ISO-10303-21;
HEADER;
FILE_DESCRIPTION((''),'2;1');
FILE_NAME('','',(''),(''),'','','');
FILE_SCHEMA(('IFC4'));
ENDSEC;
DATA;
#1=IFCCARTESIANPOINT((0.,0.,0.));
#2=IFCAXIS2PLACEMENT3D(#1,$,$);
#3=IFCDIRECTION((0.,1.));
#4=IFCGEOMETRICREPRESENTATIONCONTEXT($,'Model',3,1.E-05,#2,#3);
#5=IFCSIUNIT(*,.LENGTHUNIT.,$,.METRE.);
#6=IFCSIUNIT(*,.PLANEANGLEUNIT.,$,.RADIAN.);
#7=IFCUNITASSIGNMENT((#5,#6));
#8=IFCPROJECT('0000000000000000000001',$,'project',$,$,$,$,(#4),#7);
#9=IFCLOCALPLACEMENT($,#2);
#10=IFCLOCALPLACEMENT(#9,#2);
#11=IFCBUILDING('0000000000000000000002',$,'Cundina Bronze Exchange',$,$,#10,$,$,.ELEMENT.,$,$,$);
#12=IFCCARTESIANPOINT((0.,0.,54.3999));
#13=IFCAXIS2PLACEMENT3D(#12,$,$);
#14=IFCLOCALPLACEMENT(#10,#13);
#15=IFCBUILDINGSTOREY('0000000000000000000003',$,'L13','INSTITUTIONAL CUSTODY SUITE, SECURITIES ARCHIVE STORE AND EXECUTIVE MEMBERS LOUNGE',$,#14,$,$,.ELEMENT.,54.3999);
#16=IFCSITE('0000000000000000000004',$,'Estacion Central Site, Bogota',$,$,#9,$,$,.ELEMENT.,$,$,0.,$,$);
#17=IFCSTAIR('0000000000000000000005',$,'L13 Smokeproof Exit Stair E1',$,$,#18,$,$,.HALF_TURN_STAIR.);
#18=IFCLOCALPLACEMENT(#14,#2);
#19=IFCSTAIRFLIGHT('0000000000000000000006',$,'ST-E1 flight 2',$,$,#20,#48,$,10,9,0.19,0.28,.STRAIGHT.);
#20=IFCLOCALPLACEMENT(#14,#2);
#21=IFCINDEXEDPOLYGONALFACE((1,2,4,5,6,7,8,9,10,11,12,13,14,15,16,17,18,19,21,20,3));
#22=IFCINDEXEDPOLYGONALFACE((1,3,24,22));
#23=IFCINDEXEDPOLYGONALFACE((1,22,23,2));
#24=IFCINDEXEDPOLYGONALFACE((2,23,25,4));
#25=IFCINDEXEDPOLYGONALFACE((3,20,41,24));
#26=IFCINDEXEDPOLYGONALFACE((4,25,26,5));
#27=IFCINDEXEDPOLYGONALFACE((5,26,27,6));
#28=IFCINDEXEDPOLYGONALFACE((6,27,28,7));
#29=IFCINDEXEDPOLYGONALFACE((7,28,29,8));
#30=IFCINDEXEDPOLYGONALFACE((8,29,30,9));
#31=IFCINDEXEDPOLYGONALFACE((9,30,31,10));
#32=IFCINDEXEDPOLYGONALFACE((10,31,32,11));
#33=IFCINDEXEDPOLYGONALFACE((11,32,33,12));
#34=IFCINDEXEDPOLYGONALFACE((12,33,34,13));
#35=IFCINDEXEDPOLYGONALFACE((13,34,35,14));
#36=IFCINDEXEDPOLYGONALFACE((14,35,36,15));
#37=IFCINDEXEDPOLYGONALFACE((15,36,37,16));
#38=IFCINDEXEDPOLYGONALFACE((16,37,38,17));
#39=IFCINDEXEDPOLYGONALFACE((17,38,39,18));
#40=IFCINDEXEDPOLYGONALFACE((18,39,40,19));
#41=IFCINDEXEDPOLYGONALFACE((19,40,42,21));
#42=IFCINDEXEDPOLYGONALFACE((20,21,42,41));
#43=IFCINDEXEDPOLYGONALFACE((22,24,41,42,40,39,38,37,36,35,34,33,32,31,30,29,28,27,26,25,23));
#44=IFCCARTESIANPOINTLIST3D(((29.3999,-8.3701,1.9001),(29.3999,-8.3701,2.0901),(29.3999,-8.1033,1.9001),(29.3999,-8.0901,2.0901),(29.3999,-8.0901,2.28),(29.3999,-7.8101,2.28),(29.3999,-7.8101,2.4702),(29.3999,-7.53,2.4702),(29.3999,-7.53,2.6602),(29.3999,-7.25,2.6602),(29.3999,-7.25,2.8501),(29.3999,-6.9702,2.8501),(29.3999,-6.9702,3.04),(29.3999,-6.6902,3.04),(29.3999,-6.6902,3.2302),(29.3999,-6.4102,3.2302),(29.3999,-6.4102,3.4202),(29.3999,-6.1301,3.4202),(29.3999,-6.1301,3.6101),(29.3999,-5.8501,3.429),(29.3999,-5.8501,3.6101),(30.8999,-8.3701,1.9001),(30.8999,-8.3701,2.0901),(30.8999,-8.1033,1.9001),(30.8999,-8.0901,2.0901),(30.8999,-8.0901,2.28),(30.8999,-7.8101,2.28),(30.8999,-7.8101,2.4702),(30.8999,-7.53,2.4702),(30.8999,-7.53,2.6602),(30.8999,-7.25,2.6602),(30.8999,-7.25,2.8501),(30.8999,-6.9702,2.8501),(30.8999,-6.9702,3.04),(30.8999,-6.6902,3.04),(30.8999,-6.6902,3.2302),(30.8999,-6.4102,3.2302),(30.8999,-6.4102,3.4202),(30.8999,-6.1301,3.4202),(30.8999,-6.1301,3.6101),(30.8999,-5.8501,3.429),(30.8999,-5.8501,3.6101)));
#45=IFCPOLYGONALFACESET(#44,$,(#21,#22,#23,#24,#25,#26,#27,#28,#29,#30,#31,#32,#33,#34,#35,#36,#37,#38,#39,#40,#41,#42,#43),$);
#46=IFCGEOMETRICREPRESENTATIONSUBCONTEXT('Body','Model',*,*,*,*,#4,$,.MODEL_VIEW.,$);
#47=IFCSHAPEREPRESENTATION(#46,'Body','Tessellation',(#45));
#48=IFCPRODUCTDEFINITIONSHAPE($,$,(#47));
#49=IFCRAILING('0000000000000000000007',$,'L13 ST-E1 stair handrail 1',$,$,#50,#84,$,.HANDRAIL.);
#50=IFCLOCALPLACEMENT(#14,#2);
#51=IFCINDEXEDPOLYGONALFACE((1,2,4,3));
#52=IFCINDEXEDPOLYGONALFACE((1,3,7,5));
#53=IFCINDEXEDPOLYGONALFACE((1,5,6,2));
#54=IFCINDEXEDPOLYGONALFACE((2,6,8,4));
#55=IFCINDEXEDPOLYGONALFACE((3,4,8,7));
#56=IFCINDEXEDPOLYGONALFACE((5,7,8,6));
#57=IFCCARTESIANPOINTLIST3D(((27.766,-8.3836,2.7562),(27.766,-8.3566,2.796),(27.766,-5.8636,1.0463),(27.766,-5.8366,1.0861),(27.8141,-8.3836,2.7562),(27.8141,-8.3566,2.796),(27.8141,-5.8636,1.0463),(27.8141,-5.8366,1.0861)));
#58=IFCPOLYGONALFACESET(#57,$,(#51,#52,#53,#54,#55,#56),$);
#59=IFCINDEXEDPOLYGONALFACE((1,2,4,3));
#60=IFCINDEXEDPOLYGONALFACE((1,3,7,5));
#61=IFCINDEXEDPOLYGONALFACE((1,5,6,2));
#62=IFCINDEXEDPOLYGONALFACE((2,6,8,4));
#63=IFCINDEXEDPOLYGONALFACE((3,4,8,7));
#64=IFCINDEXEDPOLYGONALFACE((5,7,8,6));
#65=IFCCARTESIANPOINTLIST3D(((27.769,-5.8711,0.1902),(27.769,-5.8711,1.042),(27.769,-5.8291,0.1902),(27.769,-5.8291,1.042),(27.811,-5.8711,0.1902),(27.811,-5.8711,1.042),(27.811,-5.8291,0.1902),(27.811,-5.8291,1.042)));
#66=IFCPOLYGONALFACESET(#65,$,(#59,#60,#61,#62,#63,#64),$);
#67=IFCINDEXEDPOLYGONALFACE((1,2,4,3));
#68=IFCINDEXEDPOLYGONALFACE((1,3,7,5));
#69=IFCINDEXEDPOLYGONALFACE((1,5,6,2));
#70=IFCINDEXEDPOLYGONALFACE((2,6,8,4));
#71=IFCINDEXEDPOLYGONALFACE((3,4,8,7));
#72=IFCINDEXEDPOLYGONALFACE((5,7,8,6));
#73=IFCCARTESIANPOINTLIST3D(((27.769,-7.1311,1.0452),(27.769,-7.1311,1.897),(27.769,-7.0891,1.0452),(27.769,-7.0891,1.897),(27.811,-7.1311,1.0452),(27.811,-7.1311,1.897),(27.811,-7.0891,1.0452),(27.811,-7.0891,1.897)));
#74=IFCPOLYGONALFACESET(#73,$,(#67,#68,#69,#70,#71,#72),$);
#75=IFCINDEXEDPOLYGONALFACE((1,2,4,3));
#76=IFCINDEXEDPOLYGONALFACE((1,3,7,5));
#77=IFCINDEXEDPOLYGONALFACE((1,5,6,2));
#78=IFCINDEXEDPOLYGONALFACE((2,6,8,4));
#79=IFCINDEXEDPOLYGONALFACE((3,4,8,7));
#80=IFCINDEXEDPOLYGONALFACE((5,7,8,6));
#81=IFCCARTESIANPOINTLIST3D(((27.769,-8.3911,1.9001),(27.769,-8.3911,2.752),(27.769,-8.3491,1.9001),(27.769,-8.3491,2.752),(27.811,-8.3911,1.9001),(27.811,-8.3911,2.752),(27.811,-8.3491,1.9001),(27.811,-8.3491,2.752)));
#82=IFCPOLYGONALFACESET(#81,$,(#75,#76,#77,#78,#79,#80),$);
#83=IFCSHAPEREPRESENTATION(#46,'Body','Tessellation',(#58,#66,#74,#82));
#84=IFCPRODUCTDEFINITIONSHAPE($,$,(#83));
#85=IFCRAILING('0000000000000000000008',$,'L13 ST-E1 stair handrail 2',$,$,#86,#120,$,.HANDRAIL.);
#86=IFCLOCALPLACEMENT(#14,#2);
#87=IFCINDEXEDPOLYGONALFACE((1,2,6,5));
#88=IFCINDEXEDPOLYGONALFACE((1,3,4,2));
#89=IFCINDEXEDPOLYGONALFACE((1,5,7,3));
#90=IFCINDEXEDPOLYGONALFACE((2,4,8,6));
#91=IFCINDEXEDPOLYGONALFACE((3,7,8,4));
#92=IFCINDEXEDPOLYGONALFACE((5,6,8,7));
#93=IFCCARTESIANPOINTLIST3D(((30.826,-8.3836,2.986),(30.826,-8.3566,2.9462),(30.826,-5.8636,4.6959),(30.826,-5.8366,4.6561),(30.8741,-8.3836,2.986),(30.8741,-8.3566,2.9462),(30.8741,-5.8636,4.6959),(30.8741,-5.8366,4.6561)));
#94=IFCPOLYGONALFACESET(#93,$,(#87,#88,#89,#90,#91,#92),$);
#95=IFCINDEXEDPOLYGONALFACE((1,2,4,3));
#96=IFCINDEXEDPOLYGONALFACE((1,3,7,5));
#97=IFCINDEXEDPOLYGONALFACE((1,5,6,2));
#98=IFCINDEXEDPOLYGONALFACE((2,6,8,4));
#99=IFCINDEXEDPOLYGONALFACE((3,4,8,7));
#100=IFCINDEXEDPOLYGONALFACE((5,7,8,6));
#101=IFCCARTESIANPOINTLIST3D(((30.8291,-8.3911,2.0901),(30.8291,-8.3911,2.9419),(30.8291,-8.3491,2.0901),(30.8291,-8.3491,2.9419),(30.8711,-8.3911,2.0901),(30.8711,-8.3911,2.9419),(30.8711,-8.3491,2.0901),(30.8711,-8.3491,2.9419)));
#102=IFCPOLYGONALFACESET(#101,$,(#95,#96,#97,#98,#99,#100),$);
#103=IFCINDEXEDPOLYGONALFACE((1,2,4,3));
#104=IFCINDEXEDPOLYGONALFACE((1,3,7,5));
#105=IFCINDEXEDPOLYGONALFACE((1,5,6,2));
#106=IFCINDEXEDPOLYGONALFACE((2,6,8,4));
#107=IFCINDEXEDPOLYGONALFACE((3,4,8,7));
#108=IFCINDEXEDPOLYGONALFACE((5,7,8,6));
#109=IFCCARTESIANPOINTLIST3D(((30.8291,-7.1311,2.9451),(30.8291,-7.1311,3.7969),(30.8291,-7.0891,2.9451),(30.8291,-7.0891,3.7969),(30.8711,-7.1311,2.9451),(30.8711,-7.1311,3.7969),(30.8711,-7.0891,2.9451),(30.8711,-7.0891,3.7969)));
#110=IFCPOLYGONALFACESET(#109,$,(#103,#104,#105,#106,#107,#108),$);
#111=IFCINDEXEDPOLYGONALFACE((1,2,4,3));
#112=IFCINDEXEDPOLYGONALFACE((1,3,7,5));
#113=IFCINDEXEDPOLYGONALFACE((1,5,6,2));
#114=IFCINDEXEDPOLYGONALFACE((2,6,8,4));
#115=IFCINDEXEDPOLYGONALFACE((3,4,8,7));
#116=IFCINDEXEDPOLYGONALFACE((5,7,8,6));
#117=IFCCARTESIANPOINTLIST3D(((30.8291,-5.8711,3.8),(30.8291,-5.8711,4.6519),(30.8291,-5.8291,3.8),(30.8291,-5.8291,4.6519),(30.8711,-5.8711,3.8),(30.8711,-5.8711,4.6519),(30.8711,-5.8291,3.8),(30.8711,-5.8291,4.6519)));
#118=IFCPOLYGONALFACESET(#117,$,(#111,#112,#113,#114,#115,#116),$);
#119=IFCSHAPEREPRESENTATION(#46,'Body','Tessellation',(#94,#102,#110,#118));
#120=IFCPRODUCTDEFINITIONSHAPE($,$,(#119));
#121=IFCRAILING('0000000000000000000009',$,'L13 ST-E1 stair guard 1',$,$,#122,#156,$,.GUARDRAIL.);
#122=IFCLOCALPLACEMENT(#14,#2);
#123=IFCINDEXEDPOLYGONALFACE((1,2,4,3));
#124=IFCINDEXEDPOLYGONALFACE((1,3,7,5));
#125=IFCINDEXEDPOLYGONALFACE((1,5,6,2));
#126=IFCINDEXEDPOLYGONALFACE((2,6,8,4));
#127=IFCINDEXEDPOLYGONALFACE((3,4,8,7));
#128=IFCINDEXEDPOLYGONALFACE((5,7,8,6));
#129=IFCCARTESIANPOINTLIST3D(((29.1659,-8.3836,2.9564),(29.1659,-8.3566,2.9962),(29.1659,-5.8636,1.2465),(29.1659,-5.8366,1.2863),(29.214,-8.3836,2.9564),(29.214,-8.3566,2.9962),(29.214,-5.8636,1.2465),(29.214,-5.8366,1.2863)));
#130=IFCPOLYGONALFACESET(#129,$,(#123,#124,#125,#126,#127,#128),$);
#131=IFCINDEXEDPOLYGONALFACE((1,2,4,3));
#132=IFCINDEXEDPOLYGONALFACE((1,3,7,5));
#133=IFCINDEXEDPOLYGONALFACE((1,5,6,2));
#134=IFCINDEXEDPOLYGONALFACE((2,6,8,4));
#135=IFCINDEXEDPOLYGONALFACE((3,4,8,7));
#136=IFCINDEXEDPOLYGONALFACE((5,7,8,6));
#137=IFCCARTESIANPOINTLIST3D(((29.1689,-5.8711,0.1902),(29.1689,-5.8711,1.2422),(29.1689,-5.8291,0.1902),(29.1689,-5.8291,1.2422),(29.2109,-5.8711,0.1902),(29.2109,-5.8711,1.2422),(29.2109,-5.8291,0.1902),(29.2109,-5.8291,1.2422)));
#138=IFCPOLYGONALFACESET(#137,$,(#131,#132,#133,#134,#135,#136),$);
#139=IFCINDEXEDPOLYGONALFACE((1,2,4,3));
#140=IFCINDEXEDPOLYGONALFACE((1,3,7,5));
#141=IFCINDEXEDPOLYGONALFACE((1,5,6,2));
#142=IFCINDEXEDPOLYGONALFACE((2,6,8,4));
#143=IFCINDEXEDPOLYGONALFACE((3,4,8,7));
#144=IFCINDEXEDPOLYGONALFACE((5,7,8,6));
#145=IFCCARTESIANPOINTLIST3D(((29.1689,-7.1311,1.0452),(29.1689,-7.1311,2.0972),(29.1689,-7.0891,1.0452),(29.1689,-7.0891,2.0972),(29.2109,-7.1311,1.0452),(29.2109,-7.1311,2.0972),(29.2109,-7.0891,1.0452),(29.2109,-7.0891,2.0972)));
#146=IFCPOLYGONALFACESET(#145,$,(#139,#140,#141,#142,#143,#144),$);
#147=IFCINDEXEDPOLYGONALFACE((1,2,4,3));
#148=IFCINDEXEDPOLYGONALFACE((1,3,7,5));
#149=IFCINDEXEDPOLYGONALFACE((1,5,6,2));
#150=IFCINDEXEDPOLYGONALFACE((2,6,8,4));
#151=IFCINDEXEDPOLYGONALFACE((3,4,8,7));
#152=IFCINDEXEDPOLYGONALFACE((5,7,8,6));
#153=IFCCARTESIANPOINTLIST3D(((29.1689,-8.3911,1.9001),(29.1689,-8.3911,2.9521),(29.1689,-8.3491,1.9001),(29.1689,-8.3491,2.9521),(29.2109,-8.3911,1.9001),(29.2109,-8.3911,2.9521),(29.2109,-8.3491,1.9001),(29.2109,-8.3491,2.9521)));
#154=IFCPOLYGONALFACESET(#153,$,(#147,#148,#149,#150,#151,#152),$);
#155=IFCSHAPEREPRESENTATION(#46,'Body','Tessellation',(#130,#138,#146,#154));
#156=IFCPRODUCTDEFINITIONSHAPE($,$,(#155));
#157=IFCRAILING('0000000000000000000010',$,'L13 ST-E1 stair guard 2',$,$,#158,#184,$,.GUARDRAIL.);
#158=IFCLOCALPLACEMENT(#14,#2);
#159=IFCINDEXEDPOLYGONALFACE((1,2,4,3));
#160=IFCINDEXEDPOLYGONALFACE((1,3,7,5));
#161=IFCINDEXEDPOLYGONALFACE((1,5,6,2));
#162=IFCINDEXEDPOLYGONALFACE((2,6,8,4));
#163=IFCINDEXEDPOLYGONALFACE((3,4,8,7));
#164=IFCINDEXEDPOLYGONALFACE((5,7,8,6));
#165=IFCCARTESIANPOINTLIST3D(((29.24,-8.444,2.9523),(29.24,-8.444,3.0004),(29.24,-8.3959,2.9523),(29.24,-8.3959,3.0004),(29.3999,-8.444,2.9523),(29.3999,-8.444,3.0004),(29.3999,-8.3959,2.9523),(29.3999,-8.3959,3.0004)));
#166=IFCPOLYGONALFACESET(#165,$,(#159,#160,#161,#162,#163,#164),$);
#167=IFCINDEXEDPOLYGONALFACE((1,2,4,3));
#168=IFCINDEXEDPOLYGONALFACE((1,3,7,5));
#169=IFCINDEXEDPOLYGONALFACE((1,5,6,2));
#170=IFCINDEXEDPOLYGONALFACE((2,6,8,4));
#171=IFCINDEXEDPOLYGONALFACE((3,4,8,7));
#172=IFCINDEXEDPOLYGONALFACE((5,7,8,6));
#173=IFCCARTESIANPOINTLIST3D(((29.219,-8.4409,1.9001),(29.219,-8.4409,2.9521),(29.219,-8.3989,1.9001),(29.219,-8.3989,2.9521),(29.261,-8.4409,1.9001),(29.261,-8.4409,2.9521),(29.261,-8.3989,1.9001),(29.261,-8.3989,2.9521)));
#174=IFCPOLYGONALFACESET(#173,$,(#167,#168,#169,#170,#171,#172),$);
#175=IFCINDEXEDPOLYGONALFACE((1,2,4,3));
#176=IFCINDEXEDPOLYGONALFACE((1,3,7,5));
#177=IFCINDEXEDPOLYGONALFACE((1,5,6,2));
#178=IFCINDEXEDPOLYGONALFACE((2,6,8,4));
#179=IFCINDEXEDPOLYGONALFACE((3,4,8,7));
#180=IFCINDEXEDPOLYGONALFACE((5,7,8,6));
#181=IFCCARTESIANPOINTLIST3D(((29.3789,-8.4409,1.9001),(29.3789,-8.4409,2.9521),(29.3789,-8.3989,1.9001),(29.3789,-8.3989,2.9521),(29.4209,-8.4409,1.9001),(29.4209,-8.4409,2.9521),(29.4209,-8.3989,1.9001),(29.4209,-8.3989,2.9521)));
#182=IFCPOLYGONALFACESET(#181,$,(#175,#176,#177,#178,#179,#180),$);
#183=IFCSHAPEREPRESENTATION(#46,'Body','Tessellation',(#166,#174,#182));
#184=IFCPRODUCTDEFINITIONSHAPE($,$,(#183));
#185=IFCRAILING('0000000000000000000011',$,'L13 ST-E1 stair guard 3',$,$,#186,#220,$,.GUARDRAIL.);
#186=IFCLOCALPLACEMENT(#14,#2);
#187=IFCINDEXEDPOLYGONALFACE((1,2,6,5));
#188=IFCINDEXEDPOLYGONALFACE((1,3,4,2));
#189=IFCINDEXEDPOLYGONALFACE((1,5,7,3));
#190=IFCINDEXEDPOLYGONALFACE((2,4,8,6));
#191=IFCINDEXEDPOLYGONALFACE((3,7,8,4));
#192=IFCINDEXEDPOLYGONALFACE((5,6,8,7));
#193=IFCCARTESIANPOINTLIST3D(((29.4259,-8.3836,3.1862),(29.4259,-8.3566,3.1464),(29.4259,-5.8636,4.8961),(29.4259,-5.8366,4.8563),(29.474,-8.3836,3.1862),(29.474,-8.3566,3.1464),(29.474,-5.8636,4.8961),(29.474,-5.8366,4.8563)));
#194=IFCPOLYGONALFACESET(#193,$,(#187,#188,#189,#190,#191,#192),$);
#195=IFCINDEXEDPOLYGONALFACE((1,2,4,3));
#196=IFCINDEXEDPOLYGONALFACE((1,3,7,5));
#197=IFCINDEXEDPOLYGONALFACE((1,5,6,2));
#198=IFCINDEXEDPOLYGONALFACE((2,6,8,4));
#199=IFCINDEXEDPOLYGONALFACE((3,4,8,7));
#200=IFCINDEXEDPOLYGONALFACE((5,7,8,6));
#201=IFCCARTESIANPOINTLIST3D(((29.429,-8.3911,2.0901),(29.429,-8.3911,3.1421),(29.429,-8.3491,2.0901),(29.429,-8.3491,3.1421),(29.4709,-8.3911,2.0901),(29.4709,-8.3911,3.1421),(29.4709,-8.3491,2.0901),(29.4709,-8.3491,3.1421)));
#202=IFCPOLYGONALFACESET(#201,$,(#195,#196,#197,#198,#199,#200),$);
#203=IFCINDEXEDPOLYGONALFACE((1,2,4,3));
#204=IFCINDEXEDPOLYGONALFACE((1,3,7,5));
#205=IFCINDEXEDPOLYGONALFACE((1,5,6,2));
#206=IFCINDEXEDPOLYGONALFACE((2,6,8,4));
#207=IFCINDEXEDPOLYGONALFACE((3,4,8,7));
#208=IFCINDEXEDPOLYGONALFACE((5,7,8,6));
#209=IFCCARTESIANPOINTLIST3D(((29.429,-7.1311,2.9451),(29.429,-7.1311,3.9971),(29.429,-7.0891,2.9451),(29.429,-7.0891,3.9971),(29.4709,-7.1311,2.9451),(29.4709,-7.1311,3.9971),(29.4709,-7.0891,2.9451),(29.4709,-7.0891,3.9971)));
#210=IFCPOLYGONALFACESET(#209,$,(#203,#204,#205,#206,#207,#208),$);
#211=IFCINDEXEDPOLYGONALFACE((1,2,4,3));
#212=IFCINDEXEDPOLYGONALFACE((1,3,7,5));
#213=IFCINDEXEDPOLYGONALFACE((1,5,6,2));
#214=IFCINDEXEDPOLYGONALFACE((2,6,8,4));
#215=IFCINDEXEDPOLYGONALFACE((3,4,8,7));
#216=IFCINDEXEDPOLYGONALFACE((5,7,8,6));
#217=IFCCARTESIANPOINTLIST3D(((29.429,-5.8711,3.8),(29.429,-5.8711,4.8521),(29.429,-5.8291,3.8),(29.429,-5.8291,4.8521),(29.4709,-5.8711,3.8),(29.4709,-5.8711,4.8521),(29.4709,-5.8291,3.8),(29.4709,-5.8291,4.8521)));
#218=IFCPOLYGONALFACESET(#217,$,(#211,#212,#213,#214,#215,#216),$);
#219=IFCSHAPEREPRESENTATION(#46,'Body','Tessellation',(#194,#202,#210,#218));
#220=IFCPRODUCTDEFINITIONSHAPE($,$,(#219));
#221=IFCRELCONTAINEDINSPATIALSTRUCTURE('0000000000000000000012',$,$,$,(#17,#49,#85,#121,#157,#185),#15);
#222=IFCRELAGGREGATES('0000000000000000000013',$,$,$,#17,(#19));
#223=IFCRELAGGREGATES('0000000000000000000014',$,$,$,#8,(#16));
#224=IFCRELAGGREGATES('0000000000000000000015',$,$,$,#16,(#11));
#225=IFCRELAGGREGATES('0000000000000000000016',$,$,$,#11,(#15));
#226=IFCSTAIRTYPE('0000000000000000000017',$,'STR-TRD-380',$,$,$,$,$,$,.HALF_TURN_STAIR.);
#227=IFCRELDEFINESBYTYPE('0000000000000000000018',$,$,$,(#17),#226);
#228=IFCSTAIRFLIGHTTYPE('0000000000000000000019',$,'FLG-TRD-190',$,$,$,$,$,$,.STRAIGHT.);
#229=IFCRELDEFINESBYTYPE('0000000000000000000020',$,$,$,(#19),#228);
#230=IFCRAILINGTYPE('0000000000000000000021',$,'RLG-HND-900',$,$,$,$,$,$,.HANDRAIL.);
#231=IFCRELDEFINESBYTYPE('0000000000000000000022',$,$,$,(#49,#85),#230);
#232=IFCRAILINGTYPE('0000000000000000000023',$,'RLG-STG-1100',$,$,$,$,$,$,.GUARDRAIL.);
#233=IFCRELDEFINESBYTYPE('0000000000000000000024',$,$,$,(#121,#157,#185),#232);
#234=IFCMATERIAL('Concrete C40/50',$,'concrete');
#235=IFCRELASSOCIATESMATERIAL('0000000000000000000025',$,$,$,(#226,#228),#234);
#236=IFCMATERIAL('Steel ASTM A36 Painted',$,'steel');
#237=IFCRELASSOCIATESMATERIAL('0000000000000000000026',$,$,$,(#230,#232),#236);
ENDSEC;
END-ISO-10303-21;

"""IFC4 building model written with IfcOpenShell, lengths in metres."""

from ifc_helpers import new_model, si_unit, direction, frame, origin, origin_2d, place, context, subcontext, project, spatial, polyline, rectangle, outline, extrude, material, type_object, element, aggregate, save


model = new_model("IFC4")

# Units and contexts
model_context = context("Model", 3, precision=1e-05, world=origin(), true_north=direction((0.0, 1.0)))
body_context = subcontext(model_context, "Body", "Model", "MODEL_VIEW")
ifc_project = project(units=[si_unit("LENGTHUNIT", "METRE"), si_unit("PLANEANGLEUNIT", "RADIAN")], contexts=[model_context])

# Site, building, storey
site_placement = place(None, origin())
site = spatial("IfcSite", under=ifc_project, at=site_placement, Name="Estacion Central Site, Bogota", CompositionType="ELEMENT", RefElevation=0.0)
building_placement = place(site_placement, origin())
building = spatial("IfcBuilding", under=site, at=building_placement, Name="Cundina Bronze Exchange", CompositionType="ELEMENT")
storey_placement = place(building_placement, frame((0.0, 0.0, 54.3999)))
storey = spatial("IfcBuildingStorey", under=building, at=storey_placement, Name="L13", Description="INSTITUTIONAL CUSTODY SUITE, SECURITIES ARCHIVE STORE AND EXECUTIVE MEMBERS LOUNGE", CompositionType="ELEMENT", Elevation=54.3999)

# Stair, stair flight
ifc_material_1 = material(Name="Concrete C40/50", Category="concrete")
stair_type = type_object("IfcStairType", Name="STR-TRD-380", PredefinedType="HALF_TURN_STAIR", material=ifc_material_1)
stair_placement = place(storey_placement, origin())
stair = element("IfcStair", 1, at=stair_placement, inside=storey, type_object=stair_type, Name="L13 Smokeproof Exit Stair E1", PredefinedType="HALF_TURN_STAIR")
stair_flight_type = type_object("IfcStairFlightType", Name="FLG-TRD-190", PredefinedType="STRAIGHT", material=ifc_material_1)
stair_flight_1_placement = place(storey_placement, frame((30.1499, -8.3701, 1.9001), z_axis=(0.0, 0.0, 1.0), x_axis=(0.0, 1.0, 0.0)))
stair_flight_1 = element("IfcStairFlight", 2, at=stair_flight_1_placement, type_object=stair_flight_type, Name="ST-E1 flight 2", NumberOfRisers=10, NumberOfTreads=9, PredefinedType="STRAIGHT", RiserHeight=0.19, TreadLength=0.28, context=body_context, shape_type="SweptSolid", body=[
    extrude(outline(polyline([(0.0, 0.0), (0.0, 0.1899), (0.28, 0.1899), (0.28, 0.3799), (0.5601, 0.3799), (0.5601, 0.5701), (0.8401, 0.5701), (0.8401, 0.76), (1.1201, 0.76), (1.1201, 0.95), (1.3999, 0.95), (1.3999, 1.1399), (1.6799, 1.1399), (1.6799, 1.3301), (1.96, 1.3301), (1.96, 1.52), (2.24, 1.52), (2.24, 1.71), (2.52, 1.71), (2.52, 1.8999), (2.52, 1.5288), (0.2668, 0.0), (0.0, 0.0)])), frame((0.0, 0.75, 0.0), z_axis=(0.0, -1.0, 0.0), x_axis=(1.0, 0.0, 0.0)), (0.0, 0.0, 1.0), 1.5),
])
aggregate(stair, [stair_flight_1])

# Railings
ifc_material_2 = material(Name="Steel ASTM A36 Painted", Category="steel")
railing_type_1 = type_object("IfcRailingType", Name="RLG-HND-900", PredefinedType="HANDRAIL", material=ifc_material_2)
railing_1_placement = place(storey_placement, frame((27.79, -5.8501, 0.1902)))
element("IfcRailing", 3, at=railing_1_placement, inside=storey, type_object=railing_type_1, Name="L13 ST-E1 stair handrail 1", PredefinedType="HANDRAIL", context=body_context, shape_type="SweptSolid", body=[
    extrude(rectangle(XDim=0.0481, YDim=0.0481, at=origin_2d()), frame((0.0, 0.0, 0.876), z_axis=(0.0, -0.827484, 0.56149), x_axis=(1.0, 0.0, 0.0)), (0.0, 0.0, 1.0), 3.0454),
    extrude(rectangle(XDim=0.042, YDim=0.042, at=origin_2d()), origin(), (0.0, 0.0, 1.0), 0.8518),
    extrude(rectangle(XDim=0.042, YDim=0.042, at=origin_2d()), frame((0.0, -1.26, 0.855)), (0.0, 0.0, 1.0), 0.8518),
    extrude(rectangle(XDim=0.042, YDim=0.042, at=origin_2d()), frame((0.0, -2.52, 1.71)), (0.0, 0.0, 1.0), 0.8518),
])
railing_2_placement = place(storey_placement, frame((30.8501, -8.3701, 2.0901)))
element("IfcRailing", 4, at=railing_2_placement, inside=storey, type_object=railing_type_1, Name="L13 ST-E1 stair handrail 2", PredefinedType="HANDRAIL", context=body_context, shape_type="SweptSolid", body=[
    extrude(rectangle(XDim=0.0481, YDim=0.0481, at=origin_2d()), frame((0.0, 0.0, 0.876), z_axis=(0.0, 0.827484, 0.56149), x_axis=(-1.0, 0.0, 0.0)), (0.0, 0.0, 1.0), 3.0454),
    extrude(rectangle(XDim=0.042, YDim=0.042, at=origin_2d()), origin(), (0.0, 0.0, 1.0), 0.8518),
    extrude(rectangle(XDim=0.042, YDim=0.042, at=origin_2d()), frame((0.0, 1.26, 0.855)), (0.0, 0.0, 1.0), 0.8518),
    extrude(rectangle(XDim=0.042, YDim=0.042, at=origin_2d()), frame((0.0, 2.52, 1.71)), (0.0, 0.0, 1.0), 0.8518),
])
railing_type_2 = type_object("IfcRailingType", Name="RLG-STG-1100", PredefinedType="GUARDRAIL", material=ifc_material_2)
railing_3_placement = place(storey_placement, frame((29.1899, -5.8501, 0.1902)))
element("IfcRailing", 5, at=railing_3_placement, inside=storey, type_object=railing_type_2, Name="L13 ST-E1 stair guard 1", PredefinedType="GUARDRAIL", context=body_context, shape_type="SweptSolid", body=[
    extrude(rectangle(XDim=0.0481, YDim=0.0481, at=origin_2d()), frame((0.0, 0.0, 1.0762), z_axis=(0.0, -0.827484, 0.56149), x_axis=(1.0, 0.0, 0.0)), (0.0, 0.0, 1.0), 3.0454),
    extrude(rectangle(XDim=0.042, YDim=0.042, at=origin_2d()), origin(), (0.0, 0.0, 1.0), 1.052),
    extrude(rectangle(XDim=0.042, YDim=0.042, at=origin_2d()), frame((0.0, -1.26, 0.855)), (0.0, 0.0, 1.0), 1.052),
    extrude(rectangle(XDim=0.042, YDim=0.042, at=origin_2d()), frame((0.0, -2.52, 1.71)), (0.0, 0.0, 1.0), 1.052),
])
railing_4_placement = place(storey_placement, frame((29.24, -8.4199, 1.9001)))
element("IfcRailing", 6, at=railing_4_placement, inside=storey, type_object=railing_type_2, Name="L13 ST-E1 stair guard 2", PredefinedType="GUARDRAIL", context=body_context, shape_type="SweptSolid", body=[
    extrude(rectangle(XDim=0.0481, YDim=0.0481, at=origin_2d()), frame((0.0, 0.0, 1.0762), z_axis=(1.0, 0.0, 0.0), x_axis=(0.0, 1.0, 0.0)), (0.0, 0.0, 1.0), 0.1599),
    extrude(rectangle(XDim=0.042, YDim=0.042, at=origin_2d()), origin(), (0.0, 0.0, 1.0), 1.052),
    extrude(rectangle(XDim=0.042, YDim=0.042, at=origin_2d()), frame((0.1599, 0.0, 0.0)), (0.0, 0.0, 1.0), 1.052),
])
railing_5_placement = place(storey_placement, frame((29.45, -8.3701, 2.0901)))
element("IfcRailing", 7, at=railing_5_placement, inside=storey, type_object=railing_type_2, Name="L13 ST-E1 stair guard 3", PredefinedType="GUARDRAIL", context=body_context, shape_type="SweptSolid", body=[
    extrude(rectangle(XDim=0.0481, YDim=0.0481, at=origin_2d()), frame((0.0, 0.0, 1.0762), z_axis=(0.0, 0.827484, 0.56149), x_axis=(-1.0, 0.0, 0.0)), (0.0, 0.0, 1.0), 3.0454),
    extrude(rectangle(XDim=0.042, YDim=0.042, at=origin_2d()), origin(), (0.0, 0.0, 1.0), 1.052),
    extrude(rectangle(XDim=0.042, YDim=0.042, at=origin_2d()), frame((0.0, 1.26, 0.855)), (0.0, 0.0, 1.0), 1.052),
    extrude(rectangle(XDim=0.042, YDim=0.042, at=origin_2d()), frame((0.0, 2.52, 1.71)), (0.0, 0.0, 1.0), 1.052),
])

save(model, "model.ifc")
